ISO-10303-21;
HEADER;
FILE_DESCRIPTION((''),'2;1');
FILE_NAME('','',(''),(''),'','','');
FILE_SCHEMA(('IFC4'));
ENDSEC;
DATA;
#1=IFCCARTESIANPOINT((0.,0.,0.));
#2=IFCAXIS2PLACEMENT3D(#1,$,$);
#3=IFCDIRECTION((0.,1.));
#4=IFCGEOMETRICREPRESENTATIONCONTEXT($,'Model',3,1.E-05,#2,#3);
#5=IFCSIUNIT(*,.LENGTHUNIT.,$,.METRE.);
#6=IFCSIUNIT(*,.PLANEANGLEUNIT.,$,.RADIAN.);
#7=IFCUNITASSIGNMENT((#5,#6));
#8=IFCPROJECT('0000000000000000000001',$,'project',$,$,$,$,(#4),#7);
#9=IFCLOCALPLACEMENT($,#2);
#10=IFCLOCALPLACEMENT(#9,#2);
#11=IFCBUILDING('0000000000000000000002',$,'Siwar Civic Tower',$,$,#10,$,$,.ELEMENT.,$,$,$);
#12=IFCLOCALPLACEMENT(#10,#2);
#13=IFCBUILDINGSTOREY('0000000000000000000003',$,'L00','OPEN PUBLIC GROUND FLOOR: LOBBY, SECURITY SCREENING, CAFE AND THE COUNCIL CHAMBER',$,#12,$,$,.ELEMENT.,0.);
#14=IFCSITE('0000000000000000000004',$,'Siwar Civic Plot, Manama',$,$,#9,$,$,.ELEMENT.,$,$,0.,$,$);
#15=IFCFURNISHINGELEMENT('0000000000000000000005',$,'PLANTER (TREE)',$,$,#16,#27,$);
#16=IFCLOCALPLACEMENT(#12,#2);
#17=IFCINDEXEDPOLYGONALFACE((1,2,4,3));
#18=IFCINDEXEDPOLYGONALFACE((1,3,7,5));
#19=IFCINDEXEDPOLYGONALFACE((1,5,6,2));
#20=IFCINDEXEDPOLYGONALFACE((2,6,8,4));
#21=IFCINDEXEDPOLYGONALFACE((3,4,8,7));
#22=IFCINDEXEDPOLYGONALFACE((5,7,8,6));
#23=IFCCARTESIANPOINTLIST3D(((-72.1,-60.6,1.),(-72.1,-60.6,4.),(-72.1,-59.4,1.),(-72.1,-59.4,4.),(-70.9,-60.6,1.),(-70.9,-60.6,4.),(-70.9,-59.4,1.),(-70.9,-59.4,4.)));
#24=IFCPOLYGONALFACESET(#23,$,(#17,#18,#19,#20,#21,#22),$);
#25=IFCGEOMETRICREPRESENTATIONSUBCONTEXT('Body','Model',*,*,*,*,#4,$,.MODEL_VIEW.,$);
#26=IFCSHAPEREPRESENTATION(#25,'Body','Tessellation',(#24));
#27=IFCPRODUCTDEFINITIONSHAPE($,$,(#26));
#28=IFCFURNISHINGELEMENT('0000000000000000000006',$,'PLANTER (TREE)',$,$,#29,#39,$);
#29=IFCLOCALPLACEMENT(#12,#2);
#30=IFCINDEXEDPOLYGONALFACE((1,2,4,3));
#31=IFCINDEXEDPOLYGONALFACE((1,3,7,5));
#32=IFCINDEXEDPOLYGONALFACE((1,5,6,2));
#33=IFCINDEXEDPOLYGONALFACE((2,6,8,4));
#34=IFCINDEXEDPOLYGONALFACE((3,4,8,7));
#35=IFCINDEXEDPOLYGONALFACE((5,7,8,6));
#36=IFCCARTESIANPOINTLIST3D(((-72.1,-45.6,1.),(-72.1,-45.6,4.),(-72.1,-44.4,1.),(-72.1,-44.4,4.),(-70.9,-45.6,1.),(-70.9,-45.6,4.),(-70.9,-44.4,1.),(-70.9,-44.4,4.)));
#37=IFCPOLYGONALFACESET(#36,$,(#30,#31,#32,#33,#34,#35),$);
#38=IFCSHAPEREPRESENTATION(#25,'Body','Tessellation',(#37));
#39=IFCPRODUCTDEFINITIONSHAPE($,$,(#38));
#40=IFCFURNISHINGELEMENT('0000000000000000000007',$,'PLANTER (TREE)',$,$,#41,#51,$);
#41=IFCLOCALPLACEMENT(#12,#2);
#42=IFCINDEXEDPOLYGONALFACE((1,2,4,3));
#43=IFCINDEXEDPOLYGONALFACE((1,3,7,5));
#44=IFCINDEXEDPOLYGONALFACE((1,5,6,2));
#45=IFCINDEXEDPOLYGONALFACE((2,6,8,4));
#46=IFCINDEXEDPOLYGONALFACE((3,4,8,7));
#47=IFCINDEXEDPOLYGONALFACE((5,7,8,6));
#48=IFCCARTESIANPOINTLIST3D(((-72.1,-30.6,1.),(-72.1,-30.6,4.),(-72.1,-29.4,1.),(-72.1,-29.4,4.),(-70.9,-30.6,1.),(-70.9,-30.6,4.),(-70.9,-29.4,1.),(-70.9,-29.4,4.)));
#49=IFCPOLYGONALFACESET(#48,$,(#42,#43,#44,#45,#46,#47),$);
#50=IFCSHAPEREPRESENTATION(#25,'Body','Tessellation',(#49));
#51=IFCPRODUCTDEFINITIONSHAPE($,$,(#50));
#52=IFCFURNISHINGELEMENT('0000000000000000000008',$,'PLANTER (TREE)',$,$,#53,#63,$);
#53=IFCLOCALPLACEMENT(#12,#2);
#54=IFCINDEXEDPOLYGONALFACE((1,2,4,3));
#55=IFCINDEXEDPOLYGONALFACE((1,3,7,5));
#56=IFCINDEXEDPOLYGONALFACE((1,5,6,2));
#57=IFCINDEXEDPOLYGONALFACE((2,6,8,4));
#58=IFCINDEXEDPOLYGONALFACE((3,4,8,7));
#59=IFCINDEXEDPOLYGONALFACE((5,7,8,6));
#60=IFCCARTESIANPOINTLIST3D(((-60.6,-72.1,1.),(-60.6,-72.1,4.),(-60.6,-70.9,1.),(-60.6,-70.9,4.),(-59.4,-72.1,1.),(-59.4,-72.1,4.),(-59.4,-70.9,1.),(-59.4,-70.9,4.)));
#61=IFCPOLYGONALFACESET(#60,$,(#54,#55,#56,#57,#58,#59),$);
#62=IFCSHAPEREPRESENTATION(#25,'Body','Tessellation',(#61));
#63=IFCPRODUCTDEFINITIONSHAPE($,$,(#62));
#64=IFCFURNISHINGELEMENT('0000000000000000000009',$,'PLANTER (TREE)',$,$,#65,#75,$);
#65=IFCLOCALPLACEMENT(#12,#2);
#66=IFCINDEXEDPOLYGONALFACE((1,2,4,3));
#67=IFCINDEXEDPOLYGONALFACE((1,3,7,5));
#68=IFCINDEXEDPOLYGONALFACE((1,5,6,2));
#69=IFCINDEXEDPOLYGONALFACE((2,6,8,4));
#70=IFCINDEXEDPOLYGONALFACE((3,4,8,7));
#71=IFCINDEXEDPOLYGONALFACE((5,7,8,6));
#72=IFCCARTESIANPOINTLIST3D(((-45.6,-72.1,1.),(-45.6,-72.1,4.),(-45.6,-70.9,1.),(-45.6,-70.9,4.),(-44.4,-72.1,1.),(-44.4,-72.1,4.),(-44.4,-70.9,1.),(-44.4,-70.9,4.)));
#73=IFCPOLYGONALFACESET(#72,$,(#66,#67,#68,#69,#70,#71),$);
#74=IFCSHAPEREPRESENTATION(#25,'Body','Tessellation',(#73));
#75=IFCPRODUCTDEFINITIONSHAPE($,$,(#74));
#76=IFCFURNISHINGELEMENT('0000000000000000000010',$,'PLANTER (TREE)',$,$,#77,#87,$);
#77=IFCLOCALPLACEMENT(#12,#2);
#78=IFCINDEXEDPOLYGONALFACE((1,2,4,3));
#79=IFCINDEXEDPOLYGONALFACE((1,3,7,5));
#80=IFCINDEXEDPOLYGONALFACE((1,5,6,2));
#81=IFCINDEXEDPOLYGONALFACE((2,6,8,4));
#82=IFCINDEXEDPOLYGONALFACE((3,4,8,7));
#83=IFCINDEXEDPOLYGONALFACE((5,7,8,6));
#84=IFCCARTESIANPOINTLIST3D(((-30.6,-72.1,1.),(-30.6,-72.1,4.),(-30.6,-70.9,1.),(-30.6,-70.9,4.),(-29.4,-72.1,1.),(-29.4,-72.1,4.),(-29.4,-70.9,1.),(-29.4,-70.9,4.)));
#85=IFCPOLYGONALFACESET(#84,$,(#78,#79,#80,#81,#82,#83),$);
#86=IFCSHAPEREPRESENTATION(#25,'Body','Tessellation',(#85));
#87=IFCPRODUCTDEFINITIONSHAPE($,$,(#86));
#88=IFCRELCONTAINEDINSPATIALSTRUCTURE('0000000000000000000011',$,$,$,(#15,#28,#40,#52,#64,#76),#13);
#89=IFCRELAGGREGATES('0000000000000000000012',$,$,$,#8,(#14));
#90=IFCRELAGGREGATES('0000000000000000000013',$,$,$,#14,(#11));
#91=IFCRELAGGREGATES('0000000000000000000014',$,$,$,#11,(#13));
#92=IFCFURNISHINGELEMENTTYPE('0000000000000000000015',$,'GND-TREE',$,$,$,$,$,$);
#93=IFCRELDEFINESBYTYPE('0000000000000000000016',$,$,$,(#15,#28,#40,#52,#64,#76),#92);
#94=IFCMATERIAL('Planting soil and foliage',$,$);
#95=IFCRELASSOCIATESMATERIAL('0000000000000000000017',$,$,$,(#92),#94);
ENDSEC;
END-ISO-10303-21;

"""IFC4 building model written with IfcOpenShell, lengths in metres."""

from ifc_helpers import new_model, si_unit, direction, frame, origin, origin_2d, place, context, subcontext, project, spatial, rectangle, extrude, material, type_object, element, save


model = new_model("IFC4")

# Units and contexts
model_context = context("Model", 3, precision=1e-05, world=origin(), true_north=direction((0.0, 1.0)))
body_context = subcontext(model_context, "Body", "Model", "MODEL_VIEW")
ifc_project = project(units=[si_unit("LENGTHUNIT", "METRE"), si_unit("PLANEANGLEUNIT", "RADIAN")], contexts=[model_context])

# Site, building, storey
site_placement = place(None, origin())
site = spatial("IfcSite", under=ifc_project, at=site_placement, Name="Siwar Civic Plot, Manama", CompositionType="ELEMENT", RefElevation=0.0)
building_placement = place(site_placement, origin())
building = spatial("IfcBuilding", under=site, at=building_placement, Name="Siwar Civic Tower", CompositionType="ELEMENT")
storey_placement = place(building_placement, origin())
storey = spatial("IfcBuildingStorey", under=building, at=storey_placement, Name="L00", Description="OPEN PUBLIC GROUND FLOOR: LOBBY, SECURITY SCREENING, CAFE AND THE COUNCIL CHAMBER", CompositionType="ELEMENT", Elevation=0.0)

# Furnishing elements
ifc_material_1 = material(Name="Planting soil and foliage")
furnishing_element_type_1 = type_object("IfcFurnishingElementType", Name="GND-TREE", material=ifc_material_1)
for number, where, z_axis, x_axis, name in (
    (1, (-71.5, -60.0, 1.0), (0.0, 0.0, 1.0), (1.0, 0.0, 0.0), "PLANTER (TREE)"),
    (2, (-71.5, -45.0, 1.0), (0.0, 0.0, 1.0), (1.0, 0.0, 0.0), "PLANTER (TREE)"),
    (3, (-71.5, -30.0, 1.0), (0.0, 0.0, 1.0), (1.0, 0.0, 0.0), "PLANTER (TREE)"),
    (4, (-60.0, -71.5, 1.0), (0.0, 0.0, 1.0), (1.0, 0.0, 0.0), "PLANTER (TREE)"),
    (5, (-45.0, -71.5, 1.0), (0.0, 0.0, 1.0), (1.0, 0.0, 0.0), "PLANTER (TREE)"),
    (6, (-30.0, -71.5, 1.0), (0.0, 0.0, 1.0), (1.0, 0.0, 0.0), "PLANTER (TREE)"),
):
    element("IfcFurnishingElement", number, at=place(storey_placement, frame(where, z_axis=z_axis, x_axis=x_axis)), inside=storey, type_object=furnishing_element_type_1, Name=name, context=body_context, shape_type="SweptSolid", body=[
        extrude(rectangle(XDim=1.2, YDim=1.2, at=origin_2d()), origin(), (0.0, 0.0, 1.0), 3.0),
    ])

save(model, "model.ifc")
